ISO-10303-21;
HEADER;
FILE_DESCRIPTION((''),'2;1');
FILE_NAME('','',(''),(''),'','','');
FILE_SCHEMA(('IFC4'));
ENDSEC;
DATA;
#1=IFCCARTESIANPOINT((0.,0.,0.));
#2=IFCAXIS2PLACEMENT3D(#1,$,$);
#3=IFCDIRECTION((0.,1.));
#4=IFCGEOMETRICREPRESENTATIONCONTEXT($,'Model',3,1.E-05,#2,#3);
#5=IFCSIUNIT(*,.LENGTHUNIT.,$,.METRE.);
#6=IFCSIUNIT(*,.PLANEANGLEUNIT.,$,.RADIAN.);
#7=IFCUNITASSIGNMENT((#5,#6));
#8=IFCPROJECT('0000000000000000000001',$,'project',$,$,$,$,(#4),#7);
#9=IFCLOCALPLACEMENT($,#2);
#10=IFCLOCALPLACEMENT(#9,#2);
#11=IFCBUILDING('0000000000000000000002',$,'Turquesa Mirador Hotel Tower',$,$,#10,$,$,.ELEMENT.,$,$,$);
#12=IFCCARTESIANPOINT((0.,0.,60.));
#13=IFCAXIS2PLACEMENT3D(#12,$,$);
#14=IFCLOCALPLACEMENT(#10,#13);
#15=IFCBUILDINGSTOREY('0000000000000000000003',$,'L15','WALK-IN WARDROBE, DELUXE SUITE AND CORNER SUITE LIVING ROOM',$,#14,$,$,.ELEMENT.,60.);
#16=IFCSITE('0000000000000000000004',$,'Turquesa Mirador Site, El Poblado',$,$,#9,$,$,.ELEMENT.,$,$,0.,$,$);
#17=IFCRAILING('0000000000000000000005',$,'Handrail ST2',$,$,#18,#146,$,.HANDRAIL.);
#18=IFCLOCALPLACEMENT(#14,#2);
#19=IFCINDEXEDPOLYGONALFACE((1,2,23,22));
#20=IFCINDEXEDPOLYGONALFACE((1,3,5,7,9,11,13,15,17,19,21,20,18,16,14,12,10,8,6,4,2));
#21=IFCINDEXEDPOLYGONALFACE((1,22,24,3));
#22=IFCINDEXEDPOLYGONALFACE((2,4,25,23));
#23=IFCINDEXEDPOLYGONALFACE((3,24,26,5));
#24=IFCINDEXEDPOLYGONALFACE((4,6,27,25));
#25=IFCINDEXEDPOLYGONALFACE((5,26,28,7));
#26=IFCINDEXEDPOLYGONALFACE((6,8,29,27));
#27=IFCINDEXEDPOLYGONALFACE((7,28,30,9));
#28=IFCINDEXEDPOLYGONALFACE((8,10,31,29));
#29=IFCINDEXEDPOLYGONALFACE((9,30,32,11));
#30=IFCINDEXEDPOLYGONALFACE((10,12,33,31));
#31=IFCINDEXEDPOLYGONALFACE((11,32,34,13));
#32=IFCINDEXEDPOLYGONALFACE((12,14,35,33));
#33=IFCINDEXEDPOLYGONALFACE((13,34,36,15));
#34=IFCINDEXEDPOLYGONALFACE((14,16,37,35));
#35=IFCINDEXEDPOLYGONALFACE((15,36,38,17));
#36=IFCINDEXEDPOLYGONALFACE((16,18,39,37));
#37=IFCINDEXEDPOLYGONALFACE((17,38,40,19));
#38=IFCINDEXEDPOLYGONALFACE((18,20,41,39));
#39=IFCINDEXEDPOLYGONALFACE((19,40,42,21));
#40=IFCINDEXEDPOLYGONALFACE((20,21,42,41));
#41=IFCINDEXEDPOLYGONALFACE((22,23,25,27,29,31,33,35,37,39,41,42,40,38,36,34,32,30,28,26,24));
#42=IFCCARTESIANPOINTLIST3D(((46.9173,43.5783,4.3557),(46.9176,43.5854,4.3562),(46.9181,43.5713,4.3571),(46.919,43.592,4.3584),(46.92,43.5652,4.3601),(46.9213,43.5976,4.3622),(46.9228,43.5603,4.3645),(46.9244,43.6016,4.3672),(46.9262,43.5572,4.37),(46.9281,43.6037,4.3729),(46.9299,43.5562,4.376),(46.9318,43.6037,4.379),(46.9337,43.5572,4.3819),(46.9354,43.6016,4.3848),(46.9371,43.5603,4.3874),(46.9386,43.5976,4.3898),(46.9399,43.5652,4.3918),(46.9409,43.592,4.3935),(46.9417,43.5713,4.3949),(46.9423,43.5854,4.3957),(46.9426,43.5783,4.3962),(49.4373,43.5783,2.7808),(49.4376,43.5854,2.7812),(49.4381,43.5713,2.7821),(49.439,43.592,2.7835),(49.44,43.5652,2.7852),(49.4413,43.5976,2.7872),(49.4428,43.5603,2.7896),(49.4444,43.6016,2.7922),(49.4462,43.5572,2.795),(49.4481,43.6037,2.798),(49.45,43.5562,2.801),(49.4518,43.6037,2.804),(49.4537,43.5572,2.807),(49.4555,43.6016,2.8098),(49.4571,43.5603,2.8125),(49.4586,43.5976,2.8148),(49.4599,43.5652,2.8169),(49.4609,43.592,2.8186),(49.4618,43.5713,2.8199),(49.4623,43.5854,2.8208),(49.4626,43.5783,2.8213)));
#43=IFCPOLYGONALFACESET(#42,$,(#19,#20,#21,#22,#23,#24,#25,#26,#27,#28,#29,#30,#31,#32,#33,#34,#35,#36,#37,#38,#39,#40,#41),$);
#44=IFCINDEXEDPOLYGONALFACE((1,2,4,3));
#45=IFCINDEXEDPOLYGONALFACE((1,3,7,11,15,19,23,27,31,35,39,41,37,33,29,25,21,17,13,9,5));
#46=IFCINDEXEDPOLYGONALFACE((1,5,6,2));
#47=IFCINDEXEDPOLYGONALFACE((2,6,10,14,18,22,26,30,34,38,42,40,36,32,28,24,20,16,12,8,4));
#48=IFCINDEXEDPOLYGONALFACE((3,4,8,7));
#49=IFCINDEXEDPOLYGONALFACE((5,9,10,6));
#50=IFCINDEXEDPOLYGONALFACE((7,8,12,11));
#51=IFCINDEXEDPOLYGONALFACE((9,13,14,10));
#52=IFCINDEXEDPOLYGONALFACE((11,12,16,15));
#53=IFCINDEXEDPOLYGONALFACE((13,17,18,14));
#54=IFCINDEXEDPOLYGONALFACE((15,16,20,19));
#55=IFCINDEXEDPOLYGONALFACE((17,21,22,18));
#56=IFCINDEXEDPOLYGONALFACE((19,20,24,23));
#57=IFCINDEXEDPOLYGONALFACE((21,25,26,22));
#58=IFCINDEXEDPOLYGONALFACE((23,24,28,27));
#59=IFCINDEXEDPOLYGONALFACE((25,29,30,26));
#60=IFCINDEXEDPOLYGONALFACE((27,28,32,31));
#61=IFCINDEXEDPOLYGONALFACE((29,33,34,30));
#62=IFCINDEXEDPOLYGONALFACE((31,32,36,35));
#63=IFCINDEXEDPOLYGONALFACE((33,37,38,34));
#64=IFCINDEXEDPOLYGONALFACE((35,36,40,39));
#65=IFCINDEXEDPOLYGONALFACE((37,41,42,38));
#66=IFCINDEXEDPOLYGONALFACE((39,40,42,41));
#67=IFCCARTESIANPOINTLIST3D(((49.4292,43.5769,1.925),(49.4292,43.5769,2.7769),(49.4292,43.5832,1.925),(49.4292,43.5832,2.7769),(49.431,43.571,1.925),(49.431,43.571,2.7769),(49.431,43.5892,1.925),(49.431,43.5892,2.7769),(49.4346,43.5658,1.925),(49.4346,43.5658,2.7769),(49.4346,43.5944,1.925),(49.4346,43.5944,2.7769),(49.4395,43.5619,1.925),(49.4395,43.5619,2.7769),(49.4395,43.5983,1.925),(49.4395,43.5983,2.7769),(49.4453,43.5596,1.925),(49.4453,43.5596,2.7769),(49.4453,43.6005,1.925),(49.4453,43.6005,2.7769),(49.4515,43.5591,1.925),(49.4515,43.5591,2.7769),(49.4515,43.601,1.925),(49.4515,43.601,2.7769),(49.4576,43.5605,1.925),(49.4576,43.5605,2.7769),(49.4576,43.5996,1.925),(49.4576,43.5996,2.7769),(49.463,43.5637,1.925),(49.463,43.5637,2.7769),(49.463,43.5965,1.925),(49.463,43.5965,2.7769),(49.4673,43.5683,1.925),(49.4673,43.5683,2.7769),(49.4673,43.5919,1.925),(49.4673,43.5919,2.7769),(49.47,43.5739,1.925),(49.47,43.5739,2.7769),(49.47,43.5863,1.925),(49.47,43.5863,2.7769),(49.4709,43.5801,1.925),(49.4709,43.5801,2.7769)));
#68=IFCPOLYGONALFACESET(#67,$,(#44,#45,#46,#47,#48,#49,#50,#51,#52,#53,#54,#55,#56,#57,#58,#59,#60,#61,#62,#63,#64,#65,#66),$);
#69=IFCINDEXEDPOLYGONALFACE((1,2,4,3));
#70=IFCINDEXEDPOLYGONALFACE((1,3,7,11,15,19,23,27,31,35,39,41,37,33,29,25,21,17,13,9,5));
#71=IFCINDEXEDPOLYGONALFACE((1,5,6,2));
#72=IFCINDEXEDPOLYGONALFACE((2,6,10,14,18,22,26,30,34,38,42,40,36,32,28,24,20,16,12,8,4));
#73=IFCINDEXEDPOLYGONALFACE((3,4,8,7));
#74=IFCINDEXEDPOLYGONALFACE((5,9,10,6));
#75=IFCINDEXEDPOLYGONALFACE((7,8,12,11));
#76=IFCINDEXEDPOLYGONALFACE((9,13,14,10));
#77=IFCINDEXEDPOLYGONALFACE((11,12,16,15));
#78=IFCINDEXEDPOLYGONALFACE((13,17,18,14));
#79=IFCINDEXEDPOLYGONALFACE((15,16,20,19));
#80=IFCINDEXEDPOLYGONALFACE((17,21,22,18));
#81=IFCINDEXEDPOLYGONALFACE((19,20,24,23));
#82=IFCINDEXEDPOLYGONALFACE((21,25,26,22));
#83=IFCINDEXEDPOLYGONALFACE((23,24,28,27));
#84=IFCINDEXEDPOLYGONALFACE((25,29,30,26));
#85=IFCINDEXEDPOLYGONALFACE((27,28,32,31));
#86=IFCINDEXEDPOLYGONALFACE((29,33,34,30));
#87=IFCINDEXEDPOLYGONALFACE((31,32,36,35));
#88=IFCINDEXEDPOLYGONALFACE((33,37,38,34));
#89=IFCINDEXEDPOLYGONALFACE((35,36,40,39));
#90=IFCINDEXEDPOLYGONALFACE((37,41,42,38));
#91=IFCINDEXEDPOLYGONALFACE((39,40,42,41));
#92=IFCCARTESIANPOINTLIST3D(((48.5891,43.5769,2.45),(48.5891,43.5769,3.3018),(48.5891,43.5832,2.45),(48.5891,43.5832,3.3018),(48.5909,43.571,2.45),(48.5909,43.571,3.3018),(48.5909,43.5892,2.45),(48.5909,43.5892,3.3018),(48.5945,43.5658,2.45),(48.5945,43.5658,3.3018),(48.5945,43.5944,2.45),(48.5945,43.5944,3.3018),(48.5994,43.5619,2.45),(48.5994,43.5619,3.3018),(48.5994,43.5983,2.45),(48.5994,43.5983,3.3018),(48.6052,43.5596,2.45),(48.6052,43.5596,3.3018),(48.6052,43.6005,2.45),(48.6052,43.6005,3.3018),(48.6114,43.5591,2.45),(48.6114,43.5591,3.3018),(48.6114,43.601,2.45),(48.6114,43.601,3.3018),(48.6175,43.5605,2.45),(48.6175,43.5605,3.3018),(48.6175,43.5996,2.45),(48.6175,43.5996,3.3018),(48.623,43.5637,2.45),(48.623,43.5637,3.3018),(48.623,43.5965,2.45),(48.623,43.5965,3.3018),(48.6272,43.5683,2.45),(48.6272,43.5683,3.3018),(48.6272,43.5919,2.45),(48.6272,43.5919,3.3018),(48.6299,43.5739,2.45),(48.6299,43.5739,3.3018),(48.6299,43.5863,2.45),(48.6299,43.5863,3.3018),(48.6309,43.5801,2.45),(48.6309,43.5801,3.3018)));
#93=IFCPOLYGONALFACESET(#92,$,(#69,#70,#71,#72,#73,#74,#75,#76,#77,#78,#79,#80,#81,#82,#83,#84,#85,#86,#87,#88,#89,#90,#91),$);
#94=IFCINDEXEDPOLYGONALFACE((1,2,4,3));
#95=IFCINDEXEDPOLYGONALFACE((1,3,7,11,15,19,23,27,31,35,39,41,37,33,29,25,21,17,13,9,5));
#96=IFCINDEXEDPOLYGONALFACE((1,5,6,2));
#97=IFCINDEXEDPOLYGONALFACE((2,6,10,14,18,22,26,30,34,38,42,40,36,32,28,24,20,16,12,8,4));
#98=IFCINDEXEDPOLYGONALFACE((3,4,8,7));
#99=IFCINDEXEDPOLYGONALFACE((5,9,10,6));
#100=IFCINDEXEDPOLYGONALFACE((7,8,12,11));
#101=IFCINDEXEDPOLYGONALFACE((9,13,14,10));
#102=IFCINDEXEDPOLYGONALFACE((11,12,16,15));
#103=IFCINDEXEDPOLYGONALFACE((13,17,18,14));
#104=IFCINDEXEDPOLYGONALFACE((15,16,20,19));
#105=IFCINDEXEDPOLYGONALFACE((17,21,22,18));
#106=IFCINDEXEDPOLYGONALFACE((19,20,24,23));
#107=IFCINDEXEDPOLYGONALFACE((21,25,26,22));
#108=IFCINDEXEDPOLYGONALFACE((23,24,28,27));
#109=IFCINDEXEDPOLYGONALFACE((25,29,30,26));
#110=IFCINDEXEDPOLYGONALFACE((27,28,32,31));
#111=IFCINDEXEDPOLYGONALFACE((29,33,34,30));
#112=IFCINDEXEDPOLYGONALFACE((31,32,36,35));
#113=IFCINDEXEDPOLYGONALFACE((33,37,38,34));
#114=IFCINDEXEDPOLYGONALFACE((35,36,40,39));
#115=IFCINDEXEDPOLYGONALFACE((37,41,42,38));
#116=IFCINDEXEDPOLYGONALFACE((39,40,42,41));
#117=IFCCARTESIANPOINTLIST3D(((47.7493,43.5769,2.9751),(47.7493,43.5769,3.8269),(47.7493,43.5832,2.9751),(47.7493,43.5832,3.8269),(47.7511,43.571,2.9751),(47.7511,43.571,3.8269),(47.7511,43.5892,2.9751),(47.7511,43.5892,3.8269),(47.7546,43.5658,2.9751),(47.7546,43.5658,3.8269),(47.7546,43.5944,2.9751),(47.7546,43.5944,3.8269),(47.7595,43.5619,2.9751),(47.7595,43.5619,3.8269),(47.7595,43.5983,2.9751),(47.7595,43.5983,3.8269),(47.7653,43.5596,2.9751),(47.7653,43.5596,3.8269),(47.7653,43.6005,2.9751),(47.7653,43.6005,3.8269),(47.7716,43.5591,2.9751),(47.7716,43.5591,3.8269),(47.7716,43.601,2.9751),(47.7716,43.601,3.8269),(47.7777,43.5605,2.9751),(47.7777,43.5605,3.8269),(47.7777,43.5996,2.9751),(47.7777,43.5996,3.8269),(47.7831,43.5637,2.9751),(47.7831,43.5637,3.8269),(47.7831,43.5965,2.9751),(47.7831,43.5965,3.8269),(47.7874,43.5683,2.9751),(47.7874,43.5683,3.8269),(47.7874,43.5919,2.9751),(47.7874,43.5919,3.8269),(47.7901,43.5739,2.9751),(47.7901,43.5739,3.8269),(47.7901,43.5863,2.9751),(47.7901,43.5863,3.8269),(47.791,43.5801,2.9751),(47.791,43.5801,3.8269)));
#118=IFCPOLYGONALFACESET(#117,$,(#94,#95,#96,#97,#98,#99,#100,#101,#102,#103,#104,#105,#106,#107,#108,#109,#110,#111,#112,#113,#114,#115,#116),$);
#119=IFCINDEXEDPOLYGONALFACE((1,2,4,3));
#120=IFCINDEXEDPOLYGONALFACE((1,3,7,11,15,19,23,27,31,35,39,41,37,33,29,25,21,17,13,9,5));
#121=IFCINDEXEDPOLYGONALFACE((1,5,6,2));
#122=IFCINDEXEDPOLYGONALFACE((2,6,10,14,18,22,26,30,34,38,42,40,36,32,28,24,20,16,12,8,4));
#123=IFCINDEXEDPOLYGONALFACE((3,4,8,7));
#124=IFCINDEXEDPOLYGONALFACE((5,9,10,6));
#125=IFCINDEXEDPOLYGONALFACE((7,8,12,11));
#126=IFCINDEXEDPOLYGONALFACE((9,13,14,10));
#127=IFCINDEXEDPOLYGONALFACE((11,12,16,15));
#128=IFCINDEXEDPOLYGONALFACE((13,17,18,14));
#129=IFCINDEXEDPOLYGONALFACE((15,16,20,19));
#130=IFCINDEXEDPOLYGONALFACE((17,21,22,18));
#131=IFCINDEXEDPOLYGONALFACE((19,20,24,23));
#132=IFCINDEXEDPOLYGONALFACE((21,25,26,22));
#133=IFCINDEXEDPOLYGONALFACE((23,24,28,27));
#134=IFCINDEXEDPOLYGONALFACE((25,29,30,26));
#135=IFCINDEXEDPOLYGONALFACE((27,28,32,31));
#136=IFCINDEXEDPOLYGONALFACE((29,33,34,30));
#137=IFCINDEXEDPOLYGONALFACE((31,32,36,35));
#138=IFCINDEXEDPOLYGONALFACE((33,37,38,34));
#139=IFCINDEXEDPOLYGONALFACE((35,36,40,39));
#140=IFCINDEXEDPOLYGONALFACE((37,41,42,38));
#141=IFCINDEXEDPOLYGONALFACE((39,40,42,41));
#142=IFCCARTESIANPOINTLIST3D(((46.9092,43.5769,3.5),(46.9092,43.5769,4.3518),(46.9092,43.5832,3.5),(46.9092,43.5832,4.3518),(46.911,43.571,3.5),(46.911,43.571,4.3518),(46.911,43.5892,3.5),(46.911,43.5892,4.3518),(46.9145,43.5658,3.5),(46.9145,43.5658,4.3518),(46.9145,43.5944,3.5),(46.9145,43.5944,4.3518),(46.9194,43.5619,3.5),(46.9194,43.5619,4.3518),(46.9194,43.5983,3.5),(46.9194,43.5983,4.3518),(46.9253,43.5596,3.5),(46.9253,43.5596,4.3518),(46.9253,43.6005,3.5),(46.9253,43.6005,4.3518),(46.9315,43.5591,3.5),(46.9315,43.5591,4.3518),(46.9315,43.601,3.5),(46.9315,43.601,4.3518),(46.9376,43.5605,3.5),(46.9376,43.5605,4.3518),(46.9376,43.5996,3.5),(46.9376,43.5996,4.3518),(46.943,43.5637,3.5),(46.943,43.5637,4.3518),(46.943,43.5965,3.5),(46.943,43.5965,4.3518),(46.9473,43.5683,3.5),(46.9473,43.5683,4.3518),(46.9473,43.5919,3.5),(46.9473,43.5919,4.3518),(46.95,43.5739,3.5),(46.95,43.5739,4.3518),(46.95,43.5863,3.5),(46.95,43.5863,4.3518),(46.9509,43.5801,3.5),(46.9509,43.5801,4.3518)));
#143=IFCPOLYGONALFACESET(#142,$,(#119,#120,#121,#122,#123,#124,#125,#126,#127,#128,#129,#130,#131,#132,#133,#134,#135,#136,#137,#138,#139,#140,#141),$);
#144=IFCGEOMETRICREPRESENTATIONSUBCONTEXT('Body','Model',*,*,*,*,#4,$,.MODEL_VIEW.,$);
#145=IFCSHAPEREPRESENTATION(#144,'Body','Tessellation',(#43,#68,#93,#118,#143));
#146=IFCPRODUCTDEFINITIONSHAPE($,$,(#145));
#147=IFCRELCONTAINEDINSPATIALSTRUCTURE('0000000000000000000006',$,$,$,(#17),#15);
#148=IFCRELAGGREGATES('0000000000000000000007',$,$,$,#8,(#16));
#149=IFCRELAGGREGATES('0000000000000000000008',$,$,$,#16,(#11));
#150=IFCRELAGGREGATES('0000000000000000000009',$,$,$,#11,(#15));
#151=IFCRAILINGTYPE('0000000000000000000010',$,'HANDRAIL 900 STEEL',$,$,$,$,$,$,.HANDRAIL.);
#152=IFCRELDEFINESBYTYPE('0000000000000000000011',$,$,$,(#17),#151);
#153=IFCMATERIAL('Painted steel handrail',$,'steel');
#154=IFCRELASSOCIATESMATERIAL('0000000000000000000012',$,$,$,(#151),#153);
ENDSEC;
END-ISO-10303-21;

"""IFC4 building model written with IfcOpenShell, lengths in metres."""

from ifc_helpers import new_model, si_unit, direction, frame, origin, origin_2d, place, context, subcontext, project, spatial, circle, extrude, material, type_object, element, save


model = new_model("IFC4")

# Units and contexts
model_context = context("Model", 3, precision=1e-05, world=origin(), true_north=direction((0.0, 1.0)))
body_context = subcontext(model_context, "Body", "Model", "MODEL_VIEW")
ifc_project = project(units=[si_unit("LENGTHUNIT", "METRE"), si_unit("PLANEANGLEUNIT", "RADIAN")], contexts=[model_context])

# Site, building, storey
site_placement = place(None, origin())
site = spatial("IfcSite", under=ifc_project, at=site_placement, Name="Turquesa Mirador Site, El Poblado", CompositionType="ELEMENT", RefElevation=0.0)
building_placement = place(site_placement, origin())
building = spatial("IfcBuilding", under=site, at=building_placement, Name="Turquesa Mirador Hotel Tower", CompositionType="ELEMENT")
storey_placement = place(building_placement, frame((0.0, 0.0, 60.0)))
storey = spatial("IfcBuildingStorey", under=building, at=storey_placement, Name="L15", Description="WALK-IN WARDROBE, DELUXE SUITE AND CORNER SUITE LIVING ROOM", CompositionType="ELEMENT", Elevation=60.0)

# Railing
ifc_material_1 = material(Name="Painted steel handrail", Category="steel")
railing_type = type_object("IfcRailingType", Name="HANDRAIL 900 STEEL", PredefinedType="HANDRAIL", material=ifc_material_1)
railing_1_placement = place(storey_placement, frame((49.45, 43.5801, 1.925)))
element("IfcRailing", 1, at=railing_1_placement, inside=storey, type_object=railing_type, Name="Handrail ST2", PredefinedType="HANDRAIL", context=body_context, shape_type="SweptSolid", body=[
    extrude(circle(Radius=0.0239, at=origin_2d()), frame((0.0, 0.0, 0.876), z_axis=(-0.848008, 0.0, 0.529984), x_axis=(0.0, -1.0, 0.0)), (0.0, 0.0, 1.0), 2.9717),
    extrude(circle(Radius=0.021, at=origin_2d()), origin(), (0.0, 0.0, 1.0), 0.8518),
    extrude(circle(Radius=0.021, at=origin_2d()), frame((-0.8401, 0.0, 0.5249)), (0.0, 0.0, 1.0), 0.8518),
    extrude(circle(Radius=0.021, at=origin_2d()), frame((-1.6799, 0.0, 1.05)), (0.0, 0.0, 1.0), 0.8518),
    extrude(circle(Radius=0.021, at=origin_2d()), frame((-2.52, 0.0, 1.575)), (0.0, 0.0, 1.0), 0.8518),
])

save(model, "model.ifc")
